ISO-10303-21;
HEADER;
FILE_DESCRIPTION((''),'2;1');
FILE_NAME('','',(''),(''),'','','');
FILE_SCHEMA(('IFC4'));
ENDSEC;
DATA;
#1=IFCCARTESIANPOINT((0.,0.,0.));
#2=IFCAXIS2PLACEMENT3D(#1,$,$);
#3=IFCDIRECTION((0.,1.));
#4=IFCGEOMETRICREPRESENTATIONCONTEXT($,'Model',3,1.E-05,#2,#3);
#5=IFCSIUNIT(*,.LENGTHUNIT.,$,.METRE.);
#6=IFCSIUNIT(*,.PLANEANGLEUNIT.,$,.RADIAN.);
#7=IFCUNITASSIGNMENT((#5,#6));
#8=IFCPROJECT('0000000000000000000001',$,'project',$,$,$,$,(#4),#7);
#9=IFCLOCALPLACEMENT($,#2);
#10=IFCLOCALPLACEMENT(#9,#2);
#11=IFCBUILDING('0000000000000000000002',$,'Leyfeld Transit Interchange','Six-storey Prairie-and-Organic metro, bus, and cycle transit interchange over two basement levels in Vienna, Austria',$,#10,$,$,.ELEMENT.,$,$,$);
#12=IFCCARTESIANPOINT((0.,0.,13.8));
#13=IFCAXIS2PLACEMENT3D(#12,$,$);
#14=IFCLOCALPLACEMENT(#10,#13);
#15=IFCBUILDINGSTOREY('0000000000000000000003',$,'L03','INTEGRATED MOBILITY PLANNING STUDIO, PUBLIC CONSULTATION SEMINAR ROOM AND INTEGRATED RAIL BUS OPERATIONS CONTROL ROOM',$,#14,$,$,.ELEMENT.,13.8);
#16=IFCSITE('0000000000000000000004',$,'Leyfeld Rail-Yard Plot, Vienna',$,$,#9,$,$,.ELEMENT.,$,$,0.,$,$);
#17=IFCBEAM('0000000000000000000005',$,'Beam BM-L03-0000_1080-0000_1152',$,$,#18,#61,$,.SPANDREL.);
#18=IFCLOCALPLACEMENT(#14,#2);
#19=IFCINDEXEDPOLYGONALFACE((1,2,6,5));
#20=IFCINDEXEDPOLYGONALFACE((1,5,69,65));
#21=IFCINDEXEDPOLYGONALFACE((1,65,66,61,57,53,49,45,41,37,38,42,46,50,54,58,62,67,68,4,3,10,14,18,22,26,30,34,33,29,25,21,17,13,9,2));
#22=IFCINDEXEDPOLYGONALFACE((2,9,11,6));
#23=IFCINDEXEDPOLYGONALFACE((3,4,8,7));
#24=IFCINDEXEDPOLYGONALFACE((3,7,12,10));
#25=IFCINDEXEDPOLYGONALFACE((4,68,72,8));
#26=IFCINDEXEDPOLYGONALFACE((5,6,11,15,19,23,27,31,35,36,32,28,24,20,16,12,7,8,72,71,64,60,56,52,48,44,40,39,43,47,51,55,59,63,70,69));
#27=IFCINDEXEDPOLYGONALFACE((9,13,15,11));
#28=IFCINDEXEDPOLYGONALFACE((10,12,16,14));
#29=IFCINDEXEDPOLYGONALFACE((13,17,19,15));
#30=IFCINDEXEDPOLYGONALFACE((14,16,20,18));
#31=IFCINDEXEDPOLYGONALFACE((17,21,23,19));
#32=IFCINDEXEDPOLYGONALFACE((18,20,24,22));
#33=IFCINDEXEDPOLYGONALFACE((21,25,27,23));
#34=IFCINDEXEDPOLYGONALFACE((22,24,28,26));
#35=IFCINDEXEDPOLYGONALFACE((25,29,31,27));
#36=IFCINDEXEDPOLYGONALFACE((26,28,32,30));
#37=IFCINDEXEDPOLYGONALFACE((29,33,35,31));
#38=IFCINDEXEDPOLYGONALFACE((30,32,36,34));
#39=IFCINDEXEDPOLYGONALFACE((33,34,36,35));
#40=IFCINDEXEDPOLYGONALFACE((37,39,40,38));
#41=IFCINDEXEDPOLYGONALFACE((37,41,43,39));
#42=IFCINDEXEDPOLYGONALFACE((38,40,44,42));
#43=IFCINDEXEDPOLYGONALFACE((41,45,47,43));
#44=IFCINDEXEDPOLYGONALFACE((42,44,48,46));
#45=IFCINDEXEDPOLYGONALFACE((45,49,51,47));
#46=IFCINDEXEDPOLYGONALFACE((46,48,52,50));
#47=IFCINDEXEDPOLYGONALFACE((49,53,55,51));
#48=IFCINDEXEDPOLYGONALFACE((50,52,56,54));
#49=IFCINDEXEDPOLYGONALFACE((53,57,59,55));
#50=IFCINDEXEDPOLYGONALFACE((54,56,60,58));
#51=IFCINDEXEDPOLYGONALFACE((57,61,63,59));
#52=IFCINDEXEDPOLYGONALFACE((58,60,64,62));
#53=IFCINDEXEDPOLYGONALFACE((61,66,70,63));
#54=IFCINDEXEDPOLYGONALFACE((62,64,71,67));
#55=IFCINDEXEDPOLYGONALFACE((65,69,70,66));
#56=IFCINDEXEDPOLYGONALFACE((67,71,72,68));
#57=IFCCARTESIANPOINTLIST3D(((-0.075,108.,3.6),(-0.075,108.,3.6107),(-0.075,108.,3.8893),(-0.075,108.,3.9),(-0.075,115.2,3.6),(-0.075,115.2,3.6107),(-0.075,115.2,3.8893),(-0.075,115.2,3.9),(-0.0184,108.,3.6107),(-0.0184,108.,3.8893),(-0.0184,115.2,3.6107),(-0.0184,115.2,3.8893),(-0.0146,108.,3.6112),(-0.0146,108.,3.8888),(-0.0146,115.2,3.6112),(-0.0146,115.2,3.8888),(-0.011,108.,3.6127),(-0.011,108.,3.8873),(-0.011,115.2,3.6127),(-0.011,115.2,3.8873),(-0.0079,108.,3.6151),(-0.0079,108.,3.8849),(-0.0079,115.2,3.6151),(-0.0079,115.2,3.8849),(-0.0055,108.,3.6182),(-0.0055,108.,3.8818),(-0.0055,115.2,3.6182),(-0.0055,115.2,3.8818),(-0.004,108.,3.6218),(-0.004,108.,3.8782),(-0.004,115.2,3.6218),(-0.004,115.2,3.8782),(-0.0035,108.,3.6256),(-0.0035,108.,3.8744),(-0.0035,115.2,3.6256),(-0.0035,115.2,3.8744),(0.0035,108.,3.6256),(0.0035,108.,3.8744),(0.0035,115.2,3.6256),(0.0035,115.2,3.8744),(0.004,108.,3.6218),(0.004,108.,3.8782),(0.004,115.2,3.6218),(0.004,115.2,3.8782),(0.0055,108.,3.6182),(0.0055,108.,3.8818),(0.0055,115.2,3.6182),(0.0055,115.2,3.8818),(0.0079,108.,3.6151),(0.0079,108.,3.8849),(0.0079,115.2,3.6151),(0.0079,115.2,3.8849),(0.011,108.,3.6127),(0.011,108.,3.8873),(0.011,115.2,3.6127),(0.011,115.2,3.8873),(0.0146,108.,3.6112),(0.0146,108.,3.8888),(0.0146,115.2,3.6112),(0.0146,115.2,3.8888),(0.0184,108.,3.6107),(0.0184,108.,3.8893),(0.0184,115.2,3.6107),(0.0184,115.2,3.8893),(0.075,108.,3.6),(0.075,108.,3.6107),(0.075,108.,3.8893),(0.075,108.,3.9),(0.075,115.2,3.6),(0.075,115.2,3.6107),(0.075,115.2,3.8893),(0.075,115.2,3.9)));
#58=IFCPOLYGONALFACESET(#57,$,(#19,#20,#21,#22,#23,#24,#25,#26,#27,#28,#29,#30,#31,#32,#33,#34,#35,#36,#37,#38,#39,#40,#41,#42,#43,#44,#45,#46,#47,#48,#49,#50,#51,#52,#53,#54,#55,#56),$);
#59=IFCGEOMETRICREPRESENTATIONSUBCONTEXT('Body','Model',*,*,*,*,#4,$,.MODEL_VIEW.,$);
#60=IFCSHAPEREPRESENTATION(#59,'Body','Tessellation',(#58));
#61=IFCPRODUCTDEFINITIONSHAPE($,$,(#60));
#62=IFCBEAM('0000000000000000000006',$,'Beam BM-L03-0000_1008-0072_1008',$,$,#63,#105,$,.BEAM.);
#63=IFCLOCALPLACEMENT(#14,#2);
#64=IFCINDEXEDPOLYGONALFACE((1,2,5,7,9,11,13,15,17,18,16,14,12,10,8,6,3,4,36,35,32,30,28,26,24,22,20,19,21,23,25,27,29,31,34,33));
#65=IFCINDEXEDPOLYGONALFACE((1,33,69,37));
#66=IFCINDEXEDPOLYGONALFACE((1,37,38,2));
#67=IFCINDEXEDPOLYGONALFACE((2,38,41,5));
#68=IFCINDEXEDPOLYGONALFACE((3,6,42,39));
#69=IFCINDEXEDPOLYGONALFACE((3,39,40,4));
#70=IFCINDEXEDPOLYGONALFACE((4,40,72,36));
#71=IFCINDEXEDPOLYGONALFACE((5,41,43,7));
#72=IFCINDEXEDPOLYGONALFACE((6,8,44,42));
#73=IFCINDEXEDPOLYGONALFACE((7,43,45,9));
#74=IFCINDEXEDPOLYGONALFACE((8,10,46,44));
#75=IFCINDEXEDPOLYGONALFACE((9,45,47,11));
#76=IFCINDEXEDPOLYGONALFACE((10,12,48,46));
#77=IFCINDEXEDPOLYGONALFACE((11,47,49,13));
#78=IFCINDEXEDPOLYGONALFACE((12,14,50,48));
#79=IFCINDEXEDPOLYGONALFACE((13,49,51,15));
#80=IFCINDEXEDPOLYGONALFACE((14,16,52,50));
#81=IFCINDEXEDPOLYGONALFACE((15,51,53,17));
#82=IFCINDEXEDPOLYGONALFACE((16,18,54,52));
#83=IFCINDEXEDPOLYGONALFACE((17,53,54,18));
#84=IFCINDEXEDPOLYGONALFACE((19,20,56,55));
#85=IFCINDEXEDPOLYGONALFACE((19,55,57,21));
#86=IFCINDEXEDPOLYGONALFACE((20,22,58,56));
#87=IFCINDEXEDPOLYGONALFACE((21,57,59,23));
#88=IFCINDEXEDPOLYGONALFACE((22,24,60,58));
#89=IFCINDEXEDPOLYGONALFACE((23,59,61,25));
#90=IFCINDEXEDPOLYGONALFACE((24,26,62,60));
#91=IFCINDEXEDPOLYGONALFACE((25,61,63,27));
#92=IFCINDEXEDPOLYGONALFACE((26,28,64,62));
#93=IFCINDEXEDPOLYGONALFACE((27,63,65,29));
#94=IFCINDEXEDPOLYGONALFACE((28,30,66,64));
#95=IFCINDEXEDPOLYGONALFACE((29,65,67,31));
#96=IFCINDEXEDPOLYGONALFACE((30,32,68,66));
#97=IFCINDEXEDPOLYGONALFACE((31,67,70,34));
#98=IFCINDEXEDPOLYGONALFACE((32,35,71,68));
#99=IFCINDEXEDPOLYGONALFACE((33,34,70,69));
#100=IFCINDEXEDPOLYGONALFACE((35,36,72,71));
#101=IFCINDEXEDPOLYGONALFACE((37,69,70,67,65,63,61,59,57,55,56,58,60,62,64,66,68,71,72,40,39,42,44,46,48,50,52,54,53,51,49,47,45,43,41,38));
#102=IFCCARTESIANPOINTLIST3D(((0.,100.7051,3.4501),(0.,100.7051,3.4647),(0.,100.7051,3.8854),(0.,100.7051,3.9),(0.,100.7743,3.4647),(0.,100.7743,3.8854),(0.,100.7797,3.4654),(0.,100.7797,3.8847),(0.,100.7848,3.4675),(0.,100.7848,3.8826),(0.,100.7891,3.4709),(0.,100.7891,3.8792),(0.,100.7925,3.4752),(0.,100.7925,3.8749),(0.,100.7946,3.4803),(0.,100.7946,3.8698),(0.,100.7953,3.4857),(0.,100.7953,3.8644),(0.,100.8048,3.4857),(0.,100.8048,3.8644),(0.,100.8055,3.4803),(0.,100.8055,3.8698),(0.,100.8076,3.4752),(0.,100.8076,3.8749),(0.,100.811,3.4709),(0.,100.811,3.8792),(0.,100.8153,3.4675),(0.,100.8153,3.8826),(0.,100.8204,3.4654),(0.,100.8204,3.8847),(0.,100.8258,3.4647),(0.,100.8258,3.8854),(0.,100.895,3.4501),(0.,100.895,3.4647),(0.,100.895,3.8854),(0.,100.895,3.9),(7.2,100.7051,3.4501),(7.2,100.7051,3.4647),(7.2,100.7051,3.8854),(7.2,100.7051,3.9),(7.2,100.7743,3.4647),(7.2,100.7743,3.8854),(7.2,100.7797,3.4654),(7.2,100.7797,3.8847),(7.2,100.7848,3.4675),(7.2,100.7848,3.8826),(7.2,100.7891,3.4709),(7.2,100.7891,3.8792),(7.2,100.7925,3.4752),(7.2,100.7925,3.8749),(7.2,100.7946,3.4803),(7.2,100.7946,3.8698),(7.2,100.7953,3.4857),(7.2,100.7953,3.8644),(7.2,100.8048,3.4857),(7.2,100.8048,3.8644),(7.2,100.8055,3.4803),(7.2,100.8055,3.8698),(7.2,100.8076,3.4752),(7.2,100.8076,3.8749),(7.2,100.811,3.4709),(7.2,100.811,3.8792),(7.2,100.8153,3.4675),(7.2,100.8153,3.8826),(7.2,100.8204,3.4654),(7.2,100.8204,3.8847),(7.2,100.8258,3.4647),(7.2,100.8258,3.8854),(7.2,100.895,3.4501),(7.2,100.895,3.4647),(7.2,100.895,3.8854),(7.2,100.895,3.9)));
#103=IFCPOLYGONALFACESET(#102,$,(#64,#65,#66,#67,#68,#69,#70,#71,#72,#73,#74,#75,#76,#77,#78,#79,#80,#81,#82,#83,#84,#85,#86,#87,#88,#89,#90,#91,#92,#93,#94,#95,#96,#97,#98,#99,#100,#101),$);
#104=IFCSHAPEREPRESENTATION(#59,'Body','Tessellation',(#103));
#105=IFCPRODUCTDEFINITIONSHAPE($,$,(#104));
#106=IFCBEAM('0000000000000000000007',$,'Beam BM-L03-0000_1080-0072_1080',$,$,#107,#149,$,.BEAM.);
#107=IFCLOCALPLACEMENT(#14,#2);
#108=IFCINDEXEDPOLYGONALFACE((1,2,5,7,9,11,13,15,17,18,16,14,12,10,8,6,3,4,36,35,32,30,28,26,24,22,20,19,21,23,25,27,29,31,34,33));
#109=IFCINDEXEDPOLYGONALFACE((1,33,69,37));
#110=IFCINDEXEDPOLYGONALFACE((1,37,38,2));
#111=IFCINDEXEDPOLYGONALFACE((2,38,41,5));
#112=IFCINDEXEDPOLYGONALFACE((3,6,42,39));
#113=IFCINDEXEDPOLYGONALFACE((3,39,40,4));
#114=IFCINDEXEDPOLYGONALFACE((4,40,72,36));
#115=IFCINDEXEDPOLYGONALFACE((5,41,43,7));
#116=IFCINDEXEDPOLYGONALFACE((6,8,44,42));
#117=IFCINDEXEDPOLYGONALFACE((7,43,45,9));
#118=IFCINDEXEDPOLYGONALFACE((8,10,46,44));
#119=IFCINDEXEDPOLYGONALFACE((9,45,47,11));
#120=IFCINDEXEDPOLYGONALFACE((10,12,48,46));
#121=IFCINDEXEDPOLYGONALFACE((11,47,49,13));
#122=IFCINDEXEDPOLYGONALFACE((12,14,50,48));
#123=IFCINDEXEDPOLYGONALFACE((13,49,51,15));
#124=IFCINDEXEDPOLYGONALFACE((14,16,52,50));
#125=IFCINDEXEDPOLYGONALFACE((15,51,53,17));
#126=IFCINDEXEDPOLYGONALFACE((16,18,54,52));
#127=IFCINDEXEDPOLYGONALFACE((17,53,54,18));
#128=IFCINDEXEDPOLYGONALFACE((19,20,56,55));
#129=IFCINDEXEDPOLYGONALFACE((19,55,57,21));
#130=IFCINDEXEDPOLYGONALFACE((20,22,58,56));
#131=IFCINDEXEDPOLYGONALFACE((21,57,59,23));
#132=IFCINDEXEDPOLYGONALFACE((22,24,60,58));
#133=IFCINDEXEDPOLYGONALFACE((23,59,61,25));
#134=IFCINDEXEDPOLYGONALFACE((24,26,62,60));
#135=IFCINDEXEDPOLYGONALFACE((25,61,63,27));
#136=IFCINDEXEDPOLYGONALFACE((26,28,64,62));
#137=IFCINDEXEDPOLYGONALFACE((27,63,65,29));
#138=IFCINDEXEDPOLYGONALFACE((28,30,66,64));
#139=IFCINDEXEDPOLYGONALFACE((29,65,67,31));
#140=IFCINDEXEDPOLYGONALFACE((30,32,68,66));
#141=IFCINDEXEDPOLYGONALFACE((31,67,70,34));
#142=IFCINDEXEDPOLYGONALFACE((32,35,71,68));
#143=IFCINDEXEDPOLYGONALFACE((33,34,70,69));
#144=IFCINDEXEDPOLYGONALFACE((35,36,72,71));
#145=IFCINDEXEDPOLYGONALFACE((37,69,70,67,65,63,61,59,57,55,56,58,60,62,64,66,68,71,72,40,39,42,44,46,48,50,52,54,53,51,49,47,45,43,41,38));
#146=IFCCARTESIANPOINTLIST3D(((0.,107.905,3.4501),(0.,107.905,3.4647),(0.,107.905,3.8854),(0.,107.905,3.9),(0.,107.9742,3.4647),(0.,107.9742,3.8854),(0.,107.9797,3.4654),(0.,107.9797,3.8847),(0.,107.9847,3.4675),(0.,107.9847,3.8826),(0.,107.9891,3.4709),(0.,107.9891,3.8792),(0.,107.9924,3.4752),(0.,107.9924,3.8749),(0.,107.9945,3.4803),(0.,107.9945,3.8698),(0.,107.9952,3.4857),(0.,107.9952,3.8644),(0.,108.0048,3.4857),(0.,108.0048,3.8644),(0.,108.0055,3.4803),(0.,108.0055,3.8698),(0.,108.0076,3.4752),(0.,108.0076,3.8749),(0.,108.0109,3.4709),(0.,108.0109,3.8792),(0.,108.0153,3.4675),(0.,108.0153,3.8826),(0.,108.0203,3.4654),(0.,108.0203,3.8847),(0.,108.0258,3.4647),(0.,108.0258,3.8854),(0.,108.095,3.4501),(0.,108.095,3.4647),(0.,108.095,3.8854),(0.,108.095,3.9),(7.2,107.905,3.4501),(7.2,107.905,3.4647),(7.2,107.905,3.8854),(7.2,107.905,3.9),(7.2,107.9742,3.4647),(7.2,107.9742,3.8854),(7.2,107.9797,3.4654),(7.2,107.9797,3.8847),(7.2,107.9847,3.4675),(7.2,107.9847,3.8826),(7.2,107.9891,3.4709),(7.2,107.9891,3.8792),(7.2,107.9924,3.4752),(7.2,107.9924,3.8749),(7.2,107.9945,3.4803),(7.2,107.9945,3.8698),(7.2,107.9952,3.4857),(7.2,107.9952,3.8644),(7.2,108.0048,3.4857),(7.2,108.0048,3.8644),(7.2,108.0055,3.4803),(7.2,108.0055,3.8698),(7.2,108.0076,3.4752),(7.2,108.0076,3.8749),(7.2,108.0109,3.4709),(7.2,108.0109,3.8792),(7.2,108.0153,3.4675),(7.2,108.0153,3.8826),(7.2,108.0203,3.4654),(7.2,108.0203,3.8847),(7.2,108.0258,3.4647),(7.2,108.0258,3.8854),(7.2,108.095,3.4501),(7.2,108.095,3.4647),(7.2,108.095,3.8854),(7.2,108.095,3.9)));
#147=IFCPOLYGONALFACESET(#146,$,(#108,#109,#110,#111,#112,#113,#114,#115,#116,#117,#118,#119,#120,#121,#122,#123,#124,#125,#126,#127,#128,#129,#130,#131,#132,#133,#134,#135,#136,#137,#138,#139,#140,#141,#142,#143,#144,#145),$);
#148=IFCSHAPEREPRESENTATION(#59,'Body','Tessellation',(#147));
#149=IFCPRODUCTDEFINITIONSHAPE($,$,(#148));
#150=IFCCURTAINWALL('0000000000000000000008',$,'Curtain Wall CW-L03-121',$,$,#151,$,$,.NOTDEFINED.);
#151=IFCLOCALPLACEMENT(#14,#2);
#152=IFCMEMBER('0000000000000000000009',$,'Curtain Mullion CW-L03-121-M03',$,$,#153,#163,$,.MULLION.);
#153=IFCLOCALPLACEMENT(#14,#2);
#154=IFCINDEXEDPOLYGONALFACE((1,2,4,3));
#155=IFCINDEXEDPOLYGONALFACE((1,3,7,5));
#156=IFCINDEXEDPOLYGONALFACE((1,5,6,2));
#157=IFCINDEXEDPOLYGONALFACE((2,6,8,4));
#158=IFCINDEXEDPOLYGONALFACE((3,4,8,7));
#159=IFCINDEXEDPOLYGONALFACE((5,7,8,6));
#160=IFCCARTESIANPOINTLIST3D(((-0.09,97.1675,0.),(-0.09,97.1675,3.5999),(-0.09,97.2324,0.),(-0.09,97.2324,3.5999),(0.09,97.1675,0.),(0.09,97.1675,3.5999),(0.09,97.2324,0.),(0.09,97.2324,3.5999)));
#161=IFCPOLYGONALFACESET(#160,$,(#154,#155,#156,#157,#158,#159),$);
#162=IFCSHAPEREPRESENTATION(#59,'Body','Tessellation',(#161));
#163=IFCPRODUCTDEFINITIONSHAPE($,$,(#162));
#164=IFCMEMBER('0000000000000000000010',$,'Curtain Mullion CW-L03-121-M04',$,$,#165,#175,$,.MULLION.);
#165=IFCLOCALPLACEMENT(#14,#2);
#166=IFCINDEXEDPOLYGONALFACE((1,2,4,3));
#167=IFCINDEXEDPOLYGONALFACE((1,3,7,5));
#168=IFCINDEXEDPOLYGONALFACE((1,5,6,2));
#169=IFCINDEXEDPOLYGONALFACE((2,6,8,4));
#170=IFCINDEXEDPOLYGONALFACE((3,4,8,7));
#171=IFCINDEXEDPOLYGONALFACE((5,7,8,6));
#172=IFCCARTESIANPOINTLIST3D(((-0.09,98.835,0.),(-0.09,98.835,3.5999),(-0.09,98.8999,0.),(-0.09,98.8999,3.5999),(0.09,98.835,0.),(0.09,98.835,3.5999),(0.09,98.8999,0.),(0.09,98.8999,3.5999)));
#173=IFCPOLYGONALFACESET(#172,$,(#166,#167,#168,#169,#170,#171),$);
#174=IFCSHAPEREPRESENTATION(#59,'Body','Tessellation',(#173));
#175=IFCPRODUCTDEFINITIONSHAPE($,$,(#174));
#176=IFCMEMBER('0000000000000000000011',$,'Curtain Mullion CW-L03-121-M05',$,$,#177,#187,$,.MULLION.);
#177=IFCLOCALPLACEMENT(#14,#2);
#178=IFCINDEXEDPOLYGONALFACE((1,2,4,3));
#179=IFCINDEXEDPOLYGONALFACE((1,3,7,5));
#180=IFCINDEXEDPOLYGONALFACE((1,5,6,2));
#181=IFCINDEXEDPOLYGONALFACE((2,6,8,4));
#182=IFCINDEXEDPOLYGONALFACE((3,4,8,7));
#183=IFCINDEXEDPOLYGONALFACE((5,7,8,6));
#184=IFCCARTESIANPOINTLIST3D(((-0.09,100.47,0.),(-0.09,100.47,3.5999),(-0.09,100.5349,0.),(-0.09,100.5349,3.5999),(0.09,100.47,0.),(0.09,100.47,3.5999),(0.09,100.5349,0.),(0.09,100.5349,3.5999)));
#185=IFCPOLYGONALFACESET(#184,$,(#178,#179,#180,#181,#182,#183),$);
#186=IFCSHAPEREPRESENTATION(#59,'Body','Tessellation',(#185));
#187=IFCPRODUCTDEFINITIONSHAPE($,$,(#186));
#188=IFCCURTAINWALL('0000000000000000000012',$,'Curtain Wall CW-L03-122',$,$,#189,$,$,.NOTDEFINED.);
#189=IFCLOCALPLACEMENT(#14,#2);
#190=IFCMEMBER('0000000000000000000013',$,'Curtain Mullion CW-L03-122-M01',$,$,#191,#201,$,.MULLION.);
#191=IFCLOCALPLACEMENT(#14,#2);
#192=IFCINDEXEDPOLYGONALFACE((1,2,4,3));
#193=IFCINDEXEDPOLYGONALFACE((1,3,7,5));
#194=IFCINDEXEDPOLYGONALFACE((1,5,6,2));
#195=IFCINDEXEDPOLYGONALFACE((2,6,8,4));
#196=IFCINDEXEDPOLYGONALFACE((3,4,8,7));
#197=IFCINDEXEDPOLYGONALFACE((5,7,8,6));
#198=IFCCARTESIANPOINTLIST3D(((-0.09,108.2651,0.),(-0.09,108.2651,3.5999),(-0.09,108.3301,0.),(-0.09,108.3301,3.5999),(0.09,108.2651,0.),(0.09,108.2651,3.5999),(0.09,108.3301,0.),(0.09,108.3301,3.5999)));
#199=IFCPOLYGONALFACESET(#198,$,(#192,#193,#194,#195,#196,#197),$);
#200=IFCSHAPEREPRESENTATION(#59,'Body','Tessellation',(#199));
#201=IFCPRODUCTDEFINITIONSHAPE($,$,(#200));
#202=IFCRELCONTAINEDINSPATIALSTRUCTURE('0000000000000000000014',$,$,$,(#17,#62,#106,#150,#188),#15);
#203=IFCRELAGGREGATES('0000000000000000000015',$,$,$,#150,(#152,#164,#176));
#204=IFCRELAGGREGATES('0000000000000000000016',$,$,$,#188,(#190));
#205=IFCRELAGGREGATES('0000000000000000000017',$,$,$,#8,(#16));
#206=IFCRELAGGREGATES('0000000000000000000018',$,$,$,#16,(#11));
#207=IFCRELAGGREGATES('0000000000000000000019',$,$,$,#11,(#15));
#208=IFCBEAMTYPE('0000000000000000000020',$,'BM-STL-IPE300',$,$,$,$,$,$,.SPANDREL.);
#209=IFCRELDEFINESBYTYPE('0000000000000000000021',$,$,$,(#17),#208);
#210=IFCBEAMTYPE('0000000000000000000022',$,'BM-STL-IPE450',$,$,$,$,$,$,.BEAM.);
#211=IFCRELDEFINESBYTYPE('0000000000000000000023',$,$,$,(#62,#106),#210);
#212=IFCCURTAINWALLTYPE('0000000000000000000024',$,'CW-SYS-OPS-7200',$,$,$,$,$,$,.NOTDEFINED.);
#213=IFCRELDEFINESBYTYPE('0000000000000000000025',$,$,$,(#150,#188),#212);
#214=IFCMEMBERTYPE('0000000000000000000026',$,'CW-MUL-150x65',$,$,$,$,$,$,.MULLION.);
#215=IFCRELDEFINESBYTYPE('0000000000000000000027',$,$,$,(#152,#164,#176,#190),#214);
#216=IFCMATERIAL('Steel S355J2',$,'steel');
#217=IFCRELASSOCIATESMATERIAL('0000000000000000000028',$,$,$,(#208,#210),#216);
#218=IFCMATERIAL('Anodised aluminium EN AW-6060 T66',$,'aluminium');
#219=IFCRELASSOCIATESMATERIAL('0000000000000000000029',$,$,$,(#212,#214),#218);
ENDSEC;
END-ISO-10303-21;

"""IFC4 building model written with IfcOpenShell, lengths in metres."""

from ifc_helpers import new_model, si_unit, direction, frame, origin, origin_2d, place, context, subcontext, project, spatial, rectangle, i_section, extrude, material, material_profile, profile_set, type_object, element, aggregate, save


model = new_model("IFC4")

# Units and contexts
model_context = context("Model", 3, precision=1e-05, world=origin(), true_north=direction((0.0, 1.0)))
body_context = subcontext(model_context, "Body", "Model", "MODEL_VIEW")
ifc_project = project(units=[si_unit("LENGTHUNIT", "METRE"), si_unit("PLANEANGLEUNIT", "RADIAN")], contexts=[model_context])

# Site, building, storey
site_placement = place(None, origin())
site = spatial("IfcSite", under=ifc_project, at=site_placement, Name="Leyfeld Rail-Yard Plot, Vienna", CompositionType="ELEMENT", RefElevation=0.0)
building_placement = place(site_placement, origin())
building = spatial("IfcBuilding", under=site, at=building_placement, Name="Leyfeld Transit Interchange", Description="Six-storey Prairie-and-Organic metro, bus, and cycle transit interchange over two basement levels in Vienna, Austria", CompositionType="ELEMENT")
storey_placement = place(building_placement, frame((0.0, 0.0, 13.8)))
storey = spatial("IfcBuildingStorey", under=building, at=storey_placement, Name="L03", Description="INTEGRATED MOBILITY PLANNING STUDIO, PUBLIC CONSULTATION SEMINAR ROOM AND INTEGRATED RAIL BUS OPERATIONS CONTROL ROOM", CompositionType="ELEMENT", Elevation=13.8)

# Beams
ifc_material_1 = material(Name="Steel S355J2", Category="steel")
ifc_material_profile_1 = material_profile(ifc_material_1, i_section(OverallWidth=0.1499, OverallDepth=0.3, WebThickness=0.0071, FlangeThickness=0.0107, FilletRadius=0.0149, at=origin_2d()), Name="IPE 300")
ifc_profile_set_1 = profile_set([ifc_material_profile_1], Name="Steel S355J2")
beam_type_1 = type_object("IfcBeamType", Name="BM-STL-IPE300", PredefinedType="SPANDREL", material=ifc_profile_set_1)
for number, where, z_axis, x_axis, name in (
    (1, (0.0, 108.0, 3.75), (0.0, 1.0, 0.0), (-1.0, 0.0, 0.0), "Beam BM-L03-0000_1080-0000_1152"),
):
    element("IfcBeam", number, at=place(storey_placement, frame(where, z_axis=z_axis, x_axis=x_axis)), inside=storey, type_object=beam_type_1, Name=name, PredefinedType="SPANDREL", context=body_context, shape_type="SweptSolid", body=[
        extrude(i_section(OverallWidth=0.1499, OverallDepth=0.3, WebThickness=0.0071, FlangeThickness=0.0107, FilletRadius=0.0149, at=origin_2d()), origin(), (0.0, 0.0, 1.0), 7.2),
    ])
ifc_material_profile_2 = material_profile(ifc_material_1, i_section(OverallWidth=0.1899, OverallDepth=0.45, WebThickness=0.0095, FlangeThickness=0.0146, FilletRadius=0.021, at=origin_2d()), Name="IPE 450")
ifc_profile_set_2 = profile_set([ifc_material_profile_2], Name="Steel S355J2")
beam_type_2 = type_object("IfcBeamType", Name="BM-STL-IPE450", PredefinedType="BEAM", material=ifc_profile_set_2)
for number, where, z_axis, x_axis, name in (
    (2, (0.0, 100.8, 3.675), (1.0, 0.0, 0.0), (0.0, 1.0, 0.0), "Beam BM-L03-0000_1008-0072_1008"),
    (3, (0.0, 108.0, 3.675), (1.0, 0.0, 0.0), (0.0, 1.0, 0.0), "Beam BM-L03-0000_1080-0072_1080"),
):
    element("IfcBeam", number, at=place(storey_placement, frame(where, z_axis=z_axis, x_axis=x_axis)), inside=storey, type_object=beam_type_2, Name=name, PredefinedType="BEAM", context=body_context, shape_type="SweptSolid", body=[
        extrude(i_section(OverallWidth=0.1899, OverallDepth=0.45, WebThickness=0.0095, FlangeThickness=0.0146, FilletRadius=0.021, at=origin_2d()), origin(), (0.0, 0.0, 1.0), 7.2),
    ])

# Curtain walls, members
ifc_material_2 = material(Name="Anodised aluminium EN AW-6060 T66", Category="aluminium")
curtain_wall_type = type_object("IfcCurtainWallType", Name="CW-SYS-OPS-7200", PredefinedType="NOTDEFINED", material=ifc_material_2)
curtain_wall_1_placement = place(storey_placement, origin())
curtain_wall_1 = element("IfcCurtainWall", 4, at=curtain_wall_1_placement, inside=storey, type_object=curtain_wall_type, Name="Curtain Wall CW-L03-121", PredefinedType="NOTDEFINED")
ifc_material_profile_3 = material_profile(ifc_material_2, rectangle(XDim=0.0649, YDim=0.1799, at=origin_2d()), Name="CW-M 65x180")
ifc_profile_set_3 = profile_set([ifc_material_profile_3], Name="Anodised aluminium EN AW-6060 T66")
member_type_1 = type_object("IfcMemberType", Name="CW-MUL-150x65", PredefinedType="MULLION", material=ifc_profile_set_3)
member_1_placement = place(storey_placement, frame((0.0, 97.2, 0.0), z_axis=(0.0, 0.0, 1.0), x_axis=(0.0, 1.0, 0.0)))
member_1 = element("IfcMember", 5, at=member_1_placement, type_object=member_type_1, Name="Curtain Mullion CW-L03-121-M03", PredefinedType="MULLION", context=body_context, shape_type="SweptSolid", body=[
    extrude(rectangle(XDim=0.0649, YDim=0.1799, at=origin_2d()), origin(), (0.0, 0.0, 1.0), 3.5999),
])
member_2_placement = place(storey_placement, frame((0.0, 98.8674, 0.0), z_axis=(0.0, 0.0, 1.0), x_axis=(0.0, 1.0, 0.0)))
member_2 = element("IfcMember", 6, at=member_2_placement, type_object=member_type_1, Name="Curtain Mullion CW-L03-121-M04", PredefinedType="MULLION", context=body_context, shape_type="SweptSolid", body=[
    extrude(rectangle(XDim=0.0649, YDim=0.1799, at=origin_2d()), origin(), (0.0, 0.0, 1.0), 3.5999),
])
member_3_placement = place(storey_placement, frame((0.0, 100.5024, 0.0), z_axis=(0.0, 0.0, 1.0), x_axis=(0.0, 1.0, 0.0)))
member_3 = element("IfcMember", 7, at=member_3_placement, type_object=member_type_1, Name="Curtain Mullion CW-L03-121-M05", PredefinedType="MULLION", context=body_context, shape_type="SweptSolid", body=[
    extrude(rectangle(XDim=0.0649, YDim=0.1799, at=origin_2d()), origin(), (0.0, 0.0, 1.0), 3.5999),
])
curtain_wall_2_placement = place(storey_placement, origin())
curtain_wall_2 = element("IfcCurtainWall", 8, at=curtain_wall_2_placement, inside=storey, type_object=curtain_wall_type, Name="Curtain Wall CW-L03-122", PredefinedType="NOTDEFINED")
member_4_placement = place(storey_placement, frame((0.0, 108.2976, 0.0), z_axis=(0.0, 0.0, 1.0), x_axis=(0.0, 1.0, 0.0)))
member_4 = element("IfcMember", 9, at=member_4_placement, type_object=member_type_1, Name="Curtain Mullion CW-L03-122-M01", PredefinedType="MULLION", context=body_context, shape_type="SweptSolid", body=[
    extrude(rectangle(XDim=0.0649, YDim=0.1799, at=origin_2d()), origin(), (0.0, 0.0, 1.0), 3.5999),
])

aggregate(curtain_wall_1, [member_1, member_2, member_3])
aggregate(curtain_wall_2, [member_4])

save(model, "model.ifc")
